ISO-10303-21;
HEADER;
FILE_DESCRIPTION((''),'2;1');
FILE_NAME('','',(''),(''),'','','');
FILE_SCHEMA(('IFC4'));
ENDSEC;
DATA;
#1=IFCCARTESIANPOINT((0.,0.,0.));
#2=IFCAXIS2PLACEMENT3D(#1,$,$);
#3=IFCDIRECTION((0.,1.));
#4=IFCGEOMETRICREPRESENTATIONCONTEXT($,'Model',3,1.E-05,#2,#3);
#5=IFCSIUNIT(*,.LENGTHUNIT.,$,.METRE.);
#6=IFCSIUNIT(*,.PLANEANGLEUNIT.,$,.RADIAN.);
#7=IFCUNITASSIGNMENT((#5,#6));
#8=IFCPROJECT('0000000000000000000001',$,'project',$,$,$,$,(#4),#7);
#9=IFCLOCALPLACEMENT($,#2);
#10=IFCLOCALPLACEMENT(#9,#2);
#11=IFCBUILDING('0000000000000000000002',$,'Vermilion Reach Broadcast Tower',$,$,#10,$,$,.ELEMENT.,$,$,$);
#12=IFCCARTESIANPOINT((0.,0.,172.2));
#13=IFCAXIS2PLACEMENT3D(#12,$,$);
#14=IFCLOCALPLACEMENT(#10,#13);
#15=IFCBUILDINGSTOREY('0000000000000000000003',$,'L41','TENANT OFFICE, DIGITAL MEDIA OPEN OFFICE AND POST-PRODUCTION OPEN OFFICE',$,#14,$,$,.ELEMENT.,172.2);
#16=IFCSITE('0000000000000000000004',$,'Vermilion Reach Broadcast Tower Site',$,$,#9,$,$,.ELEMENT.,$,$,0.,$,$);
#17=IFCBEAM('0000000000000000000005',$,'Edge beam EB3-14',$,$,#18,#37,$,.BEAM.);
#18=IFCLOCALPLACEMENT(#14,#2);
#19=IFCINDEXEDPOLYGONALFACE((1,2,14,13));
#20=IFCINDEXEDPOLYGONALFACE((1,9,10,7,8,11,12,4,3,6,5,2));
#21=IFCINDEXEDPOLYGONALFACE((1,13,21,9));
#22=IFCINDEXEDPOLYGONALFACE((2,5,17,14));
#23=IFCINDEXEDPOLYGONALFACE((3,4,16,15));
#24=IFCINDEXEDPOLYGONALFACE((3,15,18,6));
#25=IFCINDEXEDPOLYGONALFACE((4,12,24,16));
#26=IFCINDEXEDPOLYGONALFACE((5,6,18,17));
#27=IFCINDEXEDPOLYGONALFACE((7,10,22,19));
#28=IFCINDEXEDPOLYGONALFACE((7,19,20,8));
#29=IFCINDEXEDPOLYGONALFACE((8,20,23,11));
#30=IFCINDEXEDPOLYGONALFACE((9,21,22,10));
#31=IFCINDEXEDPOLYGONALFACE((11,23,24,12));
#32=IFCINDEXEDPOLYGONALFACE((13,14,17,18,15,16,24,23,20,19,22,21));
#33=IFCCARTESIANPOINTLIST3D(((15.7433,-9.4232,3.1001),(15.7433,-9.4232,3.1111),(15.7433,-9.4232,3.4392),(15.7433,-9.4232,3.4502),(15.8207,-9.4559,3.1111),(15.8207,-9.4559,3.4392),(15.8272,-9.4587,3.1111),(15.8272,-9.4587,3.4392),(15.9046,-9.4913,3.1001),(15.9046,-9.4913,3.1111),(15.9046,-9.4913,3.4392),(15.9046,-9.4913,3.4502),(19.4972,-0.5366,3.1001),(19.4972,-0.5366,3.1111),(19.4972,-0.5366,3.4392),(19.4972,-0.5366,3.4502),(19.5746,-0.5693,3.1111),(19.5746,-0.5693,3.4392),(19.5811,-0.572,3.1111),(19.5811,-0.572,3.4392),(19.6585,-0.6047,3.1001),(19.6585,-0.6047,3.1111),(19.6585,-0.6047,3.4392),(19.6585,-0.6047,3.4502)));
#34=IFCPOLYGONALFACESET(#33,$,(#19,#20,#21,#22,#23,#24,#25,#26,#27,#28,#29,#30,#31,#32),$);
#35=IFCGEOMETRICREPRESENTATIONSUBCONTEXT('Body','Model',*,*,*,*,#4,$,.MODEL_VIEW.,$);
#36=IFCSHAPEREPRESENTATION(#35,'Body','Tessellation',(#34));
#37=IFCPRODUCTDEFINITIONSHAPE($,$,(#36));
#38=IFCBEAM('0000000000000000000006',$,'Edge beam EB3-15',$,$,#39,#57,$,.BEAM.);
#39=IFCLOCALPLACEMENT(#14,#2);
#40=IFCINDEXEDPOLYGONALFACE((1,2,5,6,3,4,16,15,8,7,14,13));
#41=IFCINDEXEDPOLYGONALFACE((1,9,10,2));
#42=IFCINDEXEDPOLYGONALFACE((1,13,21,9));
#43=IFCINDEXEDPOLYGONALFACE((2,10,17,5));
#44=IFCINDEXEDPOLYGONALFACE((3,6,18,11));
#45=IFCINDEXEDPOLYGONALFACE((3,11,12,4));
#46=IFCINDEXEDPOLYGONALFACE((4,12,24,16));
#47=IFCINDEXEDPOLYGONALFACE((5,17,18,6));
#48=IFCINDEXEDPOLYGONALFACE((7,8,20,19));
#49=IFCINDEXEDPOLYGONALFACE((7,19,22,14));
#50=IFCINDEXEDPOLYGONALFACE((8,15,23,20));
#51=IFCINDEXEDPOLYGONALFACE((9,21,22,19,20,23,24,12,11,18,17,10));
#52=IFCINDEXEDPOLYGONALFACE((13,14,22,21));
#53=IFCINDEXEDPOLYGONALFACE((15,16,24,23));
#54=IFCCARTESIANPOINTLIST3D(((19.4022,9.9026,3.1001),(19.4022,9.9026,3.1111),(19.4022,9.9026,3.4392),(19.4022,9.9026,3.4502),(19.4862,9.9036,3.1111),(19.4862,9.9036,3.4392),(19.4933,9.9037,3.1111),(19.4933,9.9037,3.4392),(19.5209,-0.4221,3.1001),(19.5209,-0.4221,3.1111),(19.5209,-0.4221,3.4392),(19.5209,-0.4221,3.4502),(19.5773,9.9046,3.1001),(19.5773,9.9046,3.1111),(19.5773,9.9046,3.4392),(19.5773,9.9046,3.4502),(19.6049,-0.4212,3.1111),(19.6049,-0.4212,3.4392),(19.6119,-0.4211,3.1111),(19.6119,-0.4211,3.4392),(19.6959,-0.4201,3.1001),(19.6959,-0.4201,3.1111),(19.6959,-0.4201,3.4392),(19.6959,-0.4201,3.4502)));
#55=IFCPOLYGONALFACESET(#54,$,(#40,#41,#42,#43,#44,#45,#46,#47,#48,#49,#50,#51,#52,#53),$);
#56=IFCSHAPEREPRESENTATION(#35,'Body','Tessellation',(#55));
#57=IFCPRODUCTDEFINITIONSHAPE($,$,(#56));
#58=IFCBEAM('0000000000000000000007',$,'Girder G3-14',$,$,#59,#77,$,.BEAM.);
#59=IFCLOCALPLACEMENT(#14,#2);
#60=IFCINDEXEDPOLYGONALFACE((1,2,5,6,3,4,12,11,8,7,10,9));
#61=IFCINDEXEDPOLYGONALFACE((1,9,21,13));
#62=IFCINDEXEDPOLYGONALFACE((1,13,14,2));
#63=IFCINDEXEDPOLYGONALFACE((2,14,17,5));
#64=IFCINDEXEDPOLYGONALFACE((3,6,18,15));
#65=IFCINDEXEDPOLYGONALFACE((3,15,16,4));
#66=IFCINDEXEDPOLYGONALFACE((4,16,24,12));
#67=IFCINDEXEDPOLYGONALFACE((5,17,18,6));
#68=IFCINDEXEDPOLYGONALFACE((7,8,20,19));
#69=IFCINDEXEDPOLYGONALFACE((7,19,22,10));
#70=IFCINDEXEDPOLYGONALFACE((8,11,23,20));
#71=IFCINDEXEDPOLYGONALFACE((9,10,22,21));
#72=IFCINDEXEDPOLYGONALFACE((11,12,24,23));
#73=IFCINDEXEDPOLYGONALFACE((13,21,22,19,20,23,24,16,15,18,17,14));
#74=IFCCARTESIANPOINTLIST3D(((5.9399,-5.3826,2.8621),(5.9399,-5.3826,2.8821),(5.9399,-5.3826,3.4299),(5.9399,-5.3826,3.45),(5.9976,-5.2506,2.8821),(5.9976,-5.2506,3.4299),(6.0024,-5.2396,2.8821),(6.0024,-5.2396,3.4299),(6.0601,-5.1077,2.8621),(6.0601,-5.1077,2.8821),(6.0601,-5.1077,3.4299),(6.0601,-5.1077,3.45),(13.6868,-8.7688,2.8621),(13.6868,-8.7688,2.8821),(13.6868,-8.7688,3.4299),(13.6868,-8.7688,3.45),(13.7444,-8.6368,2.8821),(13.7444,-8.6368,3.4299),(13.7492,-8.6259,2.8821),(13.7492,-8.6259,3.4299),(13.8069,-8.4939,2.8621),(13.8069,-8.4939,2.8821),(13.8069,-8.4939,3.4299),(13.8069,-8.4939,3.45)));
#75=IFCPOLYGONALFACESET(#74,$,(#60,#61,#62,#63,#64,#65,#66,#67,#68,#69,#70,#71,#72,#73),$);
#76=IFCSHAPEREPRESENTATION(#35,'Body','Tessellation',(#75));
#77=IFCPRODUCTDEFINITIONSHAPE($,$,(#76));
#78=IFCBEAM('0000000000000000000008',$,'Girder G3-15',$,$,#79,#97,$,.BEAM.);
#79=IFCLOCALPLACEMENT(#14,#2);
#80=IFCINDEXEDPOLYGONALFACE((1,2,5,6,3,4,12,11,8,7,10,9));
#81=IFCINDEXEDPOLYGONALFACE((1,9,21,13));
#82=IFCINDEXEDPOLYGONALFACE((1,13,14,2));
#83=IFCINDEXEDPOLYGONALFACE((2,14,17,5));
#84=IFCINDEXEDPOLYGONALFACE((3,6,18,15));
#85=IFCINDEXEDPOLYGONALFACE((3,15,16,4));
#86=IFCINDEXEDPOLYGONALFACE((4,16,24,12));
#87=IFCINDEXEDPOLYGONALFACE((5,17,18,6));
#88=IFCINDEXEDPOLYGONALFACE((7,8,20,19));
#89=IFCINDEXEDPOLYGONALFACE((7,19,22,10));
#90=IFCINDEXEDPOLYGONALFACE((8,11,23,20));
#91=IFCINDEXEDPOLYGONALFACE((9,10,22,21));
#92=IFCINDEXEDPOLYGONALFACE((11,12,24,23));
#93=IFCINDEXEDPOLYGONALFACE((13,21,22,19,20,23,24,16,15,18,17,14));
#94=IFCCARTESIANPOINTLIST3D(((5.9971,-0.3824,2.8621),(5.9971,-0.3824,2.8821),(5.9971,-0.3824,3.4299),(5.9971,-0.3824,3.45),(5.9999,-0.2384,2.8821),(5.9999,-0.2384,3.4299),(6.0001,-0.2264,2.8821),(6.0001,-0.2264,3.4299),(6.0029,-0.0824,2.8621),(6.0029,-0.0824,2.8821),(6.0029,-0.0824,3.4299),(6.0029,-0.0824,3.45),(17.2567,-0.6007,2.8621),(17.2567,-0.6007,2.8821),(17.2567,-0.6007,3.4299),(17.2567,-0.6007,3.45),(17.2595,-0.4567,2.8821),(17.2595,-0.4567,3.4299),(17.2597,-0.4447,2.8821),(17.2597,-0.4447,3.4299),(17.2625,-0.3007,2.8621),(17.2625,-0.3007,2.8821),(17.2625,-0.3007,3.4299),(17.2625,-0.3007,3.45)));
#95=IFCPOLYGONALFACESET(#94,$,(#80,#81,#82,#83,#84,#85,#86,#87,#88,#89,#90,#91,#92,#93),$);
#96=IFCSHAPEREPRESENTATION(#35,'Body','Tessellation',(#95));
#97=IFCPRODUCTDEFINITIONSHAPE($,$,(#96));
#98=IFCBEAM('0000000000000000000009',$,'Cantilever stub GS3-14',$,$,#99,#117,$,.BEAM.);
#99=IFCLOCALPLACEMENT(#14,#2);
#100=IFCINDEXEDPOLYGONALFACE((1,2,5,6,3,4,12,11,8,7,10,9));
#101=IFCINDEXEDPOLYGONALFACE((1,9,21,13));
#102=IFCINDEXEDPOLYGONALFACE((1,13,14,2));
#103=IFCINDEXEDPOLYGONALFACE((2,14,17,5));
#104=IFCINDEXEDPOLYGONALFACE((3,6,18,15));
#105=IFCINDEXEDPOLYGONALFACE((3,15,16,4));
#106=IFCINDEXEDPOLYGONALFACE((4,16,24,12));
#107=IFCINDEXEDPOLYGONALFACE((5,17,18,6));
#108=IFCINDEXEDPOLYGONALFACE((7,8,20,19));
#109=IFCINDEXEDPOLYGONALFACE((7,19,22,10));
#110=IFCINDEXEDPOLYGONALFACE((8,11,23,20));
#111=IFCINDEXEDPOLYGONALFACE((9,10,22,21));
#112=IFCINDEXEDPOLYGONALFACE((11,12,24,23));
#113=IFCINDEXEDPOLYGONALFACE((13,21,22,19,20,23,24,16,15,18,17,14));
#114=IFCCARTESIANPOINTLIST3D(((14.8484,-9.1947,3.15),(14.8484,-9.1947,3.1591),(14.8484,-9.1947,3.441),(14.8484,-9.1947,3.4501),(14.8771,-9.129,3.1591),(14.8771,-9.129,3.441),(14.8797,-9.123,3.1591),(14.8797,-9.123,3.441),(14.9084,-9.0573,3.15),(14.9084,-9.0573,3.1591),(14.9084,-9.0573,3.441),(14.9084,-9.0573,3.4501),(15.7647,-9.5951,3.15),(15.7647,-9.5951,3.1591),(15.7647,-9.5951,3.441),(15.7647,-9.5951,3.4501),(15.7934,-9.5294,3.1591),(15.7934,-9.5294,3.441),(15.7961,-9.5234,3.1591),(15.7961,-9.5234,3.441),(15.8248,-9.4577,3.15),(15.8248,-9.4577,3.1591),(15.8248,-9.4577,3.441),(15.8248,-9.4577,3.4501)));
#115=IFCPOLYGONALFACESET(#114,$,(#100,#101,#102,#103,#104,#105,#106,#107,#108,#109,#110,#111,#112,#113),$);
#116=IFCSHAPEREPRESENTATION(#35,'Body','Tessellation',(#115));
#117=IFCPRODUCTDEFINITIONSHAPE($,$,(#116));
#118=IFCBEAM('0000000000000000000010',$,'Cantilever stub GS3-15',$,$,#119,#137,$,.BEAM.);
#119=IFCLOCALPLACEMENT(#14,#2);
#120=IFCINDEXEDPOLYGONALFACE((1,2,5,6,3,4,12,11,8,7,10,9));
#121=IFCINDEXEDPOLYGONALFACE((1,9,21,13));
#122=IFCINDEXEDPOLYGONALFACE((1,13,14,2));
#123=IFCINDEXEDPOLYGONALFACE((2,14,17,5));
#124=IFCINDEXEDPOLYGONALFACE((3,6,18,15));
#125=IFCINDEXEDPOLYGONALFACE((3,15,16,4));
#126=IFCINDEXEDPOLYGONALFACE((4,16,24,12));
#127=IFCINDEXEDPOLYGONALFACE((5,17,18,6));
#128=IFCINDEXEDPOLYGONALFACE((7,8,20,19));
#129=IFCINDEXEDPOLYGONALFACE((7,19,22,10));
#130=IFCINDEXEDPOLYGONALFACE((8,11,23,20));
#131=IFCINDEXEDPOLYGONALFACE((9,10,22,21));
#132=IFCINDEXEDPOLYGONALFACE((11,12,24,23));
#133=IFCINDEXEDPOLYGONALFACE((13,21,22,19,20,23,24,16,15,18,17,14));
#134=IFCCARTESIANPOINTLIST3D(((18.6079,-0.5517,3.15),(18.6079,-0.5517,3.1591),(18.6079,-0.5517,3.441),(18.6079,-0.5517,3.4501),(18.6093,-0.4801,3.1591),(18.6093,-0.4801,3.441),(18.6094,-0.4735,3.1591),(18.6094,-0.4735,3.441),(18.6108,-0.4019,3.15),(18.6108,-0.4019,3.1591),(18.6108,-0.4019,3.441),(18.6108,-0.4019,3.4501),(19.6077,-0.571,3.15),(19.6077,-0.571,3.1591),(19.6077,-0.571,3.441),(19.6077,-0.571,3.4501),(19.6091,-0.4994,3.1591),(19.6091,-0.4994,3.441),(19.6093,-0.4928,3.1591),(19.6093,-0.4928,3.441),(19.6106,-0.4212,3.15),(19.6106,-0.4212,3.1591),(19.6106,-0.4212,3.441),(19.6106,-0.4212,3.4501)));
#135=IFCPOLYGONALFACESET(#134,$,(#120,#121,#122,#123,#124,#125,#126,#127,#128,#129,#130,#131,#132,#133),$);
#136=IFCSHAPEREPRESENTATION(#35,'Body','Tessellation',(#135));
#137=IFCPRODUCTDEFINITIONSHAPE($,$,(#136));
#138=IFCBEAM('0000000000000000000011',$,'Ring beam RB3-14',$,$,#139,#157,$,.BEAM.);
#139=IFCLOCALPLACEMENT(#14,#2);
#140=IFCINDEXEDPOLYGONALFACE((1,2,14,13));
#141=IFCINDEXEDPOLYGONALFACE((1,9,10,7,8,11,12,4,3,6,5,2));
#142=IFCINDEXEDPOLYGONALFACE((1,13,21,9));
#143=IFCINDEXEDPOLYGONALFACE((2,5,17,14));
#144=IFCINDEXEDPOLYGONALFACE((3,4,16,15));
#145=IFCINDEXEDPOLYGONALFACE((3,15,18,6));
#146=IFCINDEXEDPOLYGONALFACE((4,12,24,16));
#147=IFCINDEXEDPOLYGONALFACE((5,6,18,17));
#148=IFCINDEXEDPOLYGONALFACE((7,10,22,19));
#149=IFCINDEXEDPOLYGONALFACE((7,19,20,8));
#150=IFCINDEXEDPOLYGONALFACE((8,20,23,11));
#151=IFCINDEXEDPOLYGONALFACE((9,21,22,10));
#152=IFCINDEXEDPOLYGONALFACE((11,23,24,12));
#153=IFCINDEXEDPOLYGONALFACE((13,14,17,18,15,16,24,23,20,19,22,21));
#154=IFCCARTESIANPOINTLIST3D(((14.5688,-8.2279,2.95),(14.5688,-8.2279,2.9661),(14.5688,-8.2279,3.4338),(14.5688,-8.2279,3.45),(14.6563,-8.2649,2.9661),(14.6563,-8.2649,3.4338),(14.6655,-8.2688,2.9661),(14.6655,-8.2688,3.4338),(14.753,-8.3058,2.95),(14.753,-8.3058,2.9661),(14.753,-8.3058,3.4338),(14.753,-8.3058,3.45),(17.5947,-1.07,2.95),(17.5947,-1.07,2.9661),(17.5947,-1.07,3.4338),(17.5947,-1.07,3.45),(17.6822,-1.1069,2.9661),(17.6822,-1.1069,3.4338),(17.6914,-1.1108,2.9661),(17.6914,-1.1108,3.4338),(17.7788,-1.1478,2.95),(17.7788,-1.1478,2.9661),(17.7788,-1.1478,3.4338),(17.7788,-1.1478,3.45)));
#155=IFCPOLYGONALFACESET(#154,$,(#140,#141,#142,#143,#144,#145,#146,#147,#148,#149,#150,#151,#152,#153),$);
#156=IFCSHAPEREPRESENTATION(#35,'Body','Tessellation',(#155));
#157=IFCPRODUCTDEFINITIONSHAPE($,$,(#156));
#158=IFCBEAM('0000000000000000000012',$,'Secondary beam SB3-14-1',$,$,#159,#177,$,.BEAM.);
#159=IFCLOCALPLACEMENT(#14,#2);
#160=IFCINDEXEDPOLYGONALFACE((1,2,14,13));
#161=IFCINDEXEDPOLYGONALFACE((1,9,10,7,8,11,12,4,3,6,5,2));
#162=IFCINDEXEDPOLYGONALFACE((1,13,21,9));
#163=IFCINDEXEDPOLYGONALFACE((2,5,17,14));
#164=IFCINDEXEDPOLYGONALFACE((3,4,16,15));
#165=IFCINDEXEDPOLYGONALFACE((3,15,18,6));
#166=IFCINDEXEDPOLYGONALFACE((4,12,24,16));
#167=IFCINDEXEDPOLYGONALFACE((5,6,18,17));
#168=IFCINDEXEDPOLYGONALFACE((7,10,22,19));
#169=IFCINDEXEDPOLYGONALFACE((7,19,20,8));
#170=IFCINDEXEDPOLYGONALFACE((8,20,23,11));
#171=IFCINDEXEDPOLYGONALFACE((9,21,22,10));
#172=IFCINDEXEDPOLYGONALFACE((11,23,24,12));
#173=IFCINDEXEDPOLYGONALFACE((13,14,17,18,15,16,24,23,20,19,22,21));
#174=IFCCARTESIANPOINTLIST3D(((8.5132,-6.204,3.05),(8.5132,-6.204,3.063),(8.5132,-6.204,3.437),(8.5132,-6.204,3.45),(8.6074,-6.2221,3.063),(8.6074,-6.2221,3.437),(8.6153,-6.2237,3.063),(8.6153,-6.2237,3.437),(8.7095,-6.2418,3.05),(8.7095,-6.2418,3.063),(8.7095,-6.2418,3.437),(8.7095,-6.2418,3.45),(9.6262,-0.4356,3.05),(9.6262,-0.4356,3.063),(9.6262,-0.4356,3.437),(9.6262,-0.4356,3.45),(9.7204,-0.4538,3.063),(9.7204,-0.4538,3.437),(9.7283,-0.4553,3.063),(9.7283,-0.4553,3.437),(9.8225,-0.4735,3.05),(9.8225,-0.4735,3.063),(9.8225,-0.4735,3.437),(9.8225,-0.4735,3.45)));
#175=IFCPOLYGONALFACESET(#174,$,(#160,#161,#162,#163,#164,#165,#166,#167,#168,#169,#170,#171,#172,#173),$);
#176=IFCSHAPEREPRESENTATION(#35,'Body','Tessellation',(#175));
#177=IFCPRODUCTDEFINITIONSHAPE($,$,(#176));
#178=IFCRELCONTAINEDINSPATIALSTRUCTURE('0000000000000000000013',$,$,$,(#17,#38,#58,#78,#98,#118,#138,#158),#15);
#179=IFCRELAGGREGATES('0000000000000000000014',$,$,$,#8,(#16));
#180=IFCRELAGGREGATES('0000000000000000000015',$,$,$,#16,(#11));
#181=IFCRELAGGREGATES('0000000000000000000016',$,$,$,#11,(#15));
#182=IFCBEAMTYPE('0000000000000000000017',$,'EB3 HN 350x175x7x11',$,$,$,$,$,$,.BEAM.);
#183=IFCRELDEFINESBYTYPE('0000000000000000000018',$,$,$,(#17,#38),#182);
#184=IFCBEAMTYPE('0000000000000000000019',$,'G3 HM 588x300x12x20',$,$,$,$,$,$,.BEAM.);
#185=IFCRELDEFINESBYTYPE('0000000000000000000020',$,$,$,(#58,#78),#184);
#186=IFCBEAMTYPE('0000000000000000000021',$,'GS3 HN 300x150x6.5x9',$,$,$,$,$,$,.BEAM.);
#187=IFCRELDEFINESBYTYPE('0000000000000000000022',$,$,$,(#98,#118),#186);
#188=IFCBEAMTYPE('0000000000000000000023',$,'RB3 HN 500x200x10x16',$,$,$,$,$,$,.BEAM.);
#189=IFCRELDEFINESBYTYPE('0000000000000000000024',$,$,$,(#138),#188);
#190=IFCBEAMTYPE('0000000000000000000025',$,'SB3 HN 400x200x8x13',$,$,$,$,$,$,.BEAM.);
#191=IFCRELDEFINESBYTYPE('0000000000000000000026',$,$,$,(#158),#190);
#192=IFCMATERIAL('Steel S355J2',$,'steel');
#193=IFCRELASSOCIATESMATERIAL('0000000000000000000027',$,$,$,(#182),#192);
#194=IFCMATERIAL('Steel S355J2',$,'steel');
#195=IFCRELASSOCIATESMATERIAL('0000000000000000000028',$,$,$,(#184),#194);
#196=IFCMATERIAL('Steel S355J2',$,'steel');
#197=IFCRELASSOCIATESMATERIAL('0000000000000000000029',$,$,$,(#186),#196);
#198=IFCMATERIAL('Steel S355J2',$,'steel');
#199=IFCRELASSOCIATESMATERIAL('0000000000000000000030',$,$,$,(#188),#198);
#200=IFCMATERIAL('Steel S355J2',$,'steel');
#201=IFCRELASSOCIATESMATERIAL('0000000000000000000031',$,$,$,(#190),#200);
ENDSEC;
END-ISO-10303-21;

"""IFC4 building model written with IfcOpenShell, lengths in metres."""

from ifc_helpers import new_model, si_unit, direction, frame, origin, origin_2d, place, context, subcontext, project, spatial, i_section, extrude, material, material_profile, profile_set, type_object, element, save


model = new_model("IFC4")

# Units and contexts
model_context = context("Model", 3, precision=1e-05, world=origin(), true_north=direction((0.0, 1.0)))
body_context = subcontext(model_context, "Body", "Model", "MODEL_VIEW")
ifc_project = project(units=[si_unit("LENGTHUNIT", "METRE"), si_unit("PLANEANGLEUNIT", "RADIAN")], contexts=[model_context])

# Site, building, storey
site_placement = place(None, origin())
site = spatial("IfcSite", under=ifc_project, at=site_placement, Name="Vermilion Reach Broadcast Tower Site", CompositionType="ELEMENT", RefElevation=0.0)
building_placement = place(site_placement, origin())
building = spatial("IfcBuilding", under=site, at=building_placement, Name="Vermilion Reach Broadcast Tower", CompositionType="ELEMENT")
storey_placement = place(building_placement, frame((0.0, 0.0, 172.2)))
storey = spatial("IfcBuildingStorey", under=building, at=storey_placement, Name="L41", Description="TENANT OFFICE, DIGITAL MEDIA OPEN OFFICE AND POST-PRODUCTION OPEN OFFICE", CompositionType="ELEMENT", Elevation=172.2)

# Beams
ifc_material_1 = material(Name="Steel S355J2", Category="steel")
ifc_material_profile_1 = material_profile(ifc_material_1, i_section(OverallWidth=0.175, OverallDepth=0.3501, WebThickness=0.0071, FlangeThickness=0.011, at=origin_2d()), Name="S355J2 HN 350x175x7x11")
ifc_profile_set_1 = profile_set([ifc_material_profile_1], Name="Steel S355J2")
beam_type_1 = type_object("IfcBeamType", Name="EB3 HN 350x175x7x11", PredefinedType="BEAM", material=ifc_profile_set_1)
beam_1_placement = place(storey_placement, frame((15.824, -9.4573, 3.2751), z_axis=(0.389125, 0.921185, 0.0), x_axis=(-0.921185, 0.389125, 0.0)))
element("IfcBeam", 1, at=beam_1_placement, inside=storey, type_object=beam_type_1, Name="Edge beam EB3-14", PredefinedType="BEAM", context=body_context, shape_type="SweptSolid", body=[
    extrude(i_section(OverallWidth=0.175, OverallDepth=0.3501, WebThickness=0.0071, FlangeThickness=0.011, at=origin_2d()), origin(), (0.0, 0.0, 1.0), 9.647),
])
beam_2_placement = place(storey_placement, frame((19.6084, -0.4211, 3.2751), z_axis=(-0.011491, 0.999934, 0.0), x_axis=(-0.999934, -0.011491, 0.0)))
element("IfcBeam", 2, at=beam_2_placement, inside=storey, type_object=beam_type_1, Name="Edge beam EB3-15", PredefinedType="BEAM", context=body_context, shape_type="SweptSolid", body=[
    extrude(i_section(OverallWidth=0.175, OverallDepth=0.3501, WebThickness=0.0071, FlangeThickness=0.011, at=origin_2d()), origin(), (0.0, 0.0, 1.0), 10.3254),
])
ifc_material_2 = material(Name="Steel S355J2", Category="steel")
ifc_material_profile_2 = material_profile(ifc_material_2, i_section(OverallWidth=0.3, OverallDepth=0.5879, WebThickness=0.012, FlangeThickness=0.02, at=origin_2d()), Name="S355J2 HM 588x300x12x20")
ifc_profile_set_2 = profile_set([ifc_material_profile_2], Name="Steel S355J2")
beam_type_2 = type_object("IfcBeamType", Name="G3 HM 588x300x12x20", PredefinedType="BEAM", material=ifc_profile_set_2)
beam_3_placement = place(storey_placement, frame((6.0, -5.2451, 3.156), z_axis=(0.916288, -0.40052, 0.0), x_axis=(0.40052, 0.916288, 0.0)))
element("IfcBeam", 3, at=beam_3_placement, inside=storey, type_object=beam_type_2, Name="Girder G3-14", PredefinedType="BEAM", context=body_context, shape_type="SweptSolid", body=[
    extrude(i_section(OverallWidth=0.3, OverallDepth=0.5879, WebThickness=0.012, FlangeThickness=0.02, at=origin_2d()), origin(), (0.0, 0.0, 1.0), 8.4546),
])
beam_4_placement = place(storey_placement, frame((6.0, -0.2324, 3.156), z_axis=(0.999812, -0.019381, 0.0), x_axis=(0.019381, 0.999812, 0.0)))
element("IfcBeam", 4, at=beam_4_placement, inside=storey, type_object=beam_type_2, Name="Girder G3-15", PredefinedType="BEAM", context=body_context, shape_type="SweptSolid", body=[
    extrude(i_section(OverallWidth=0.3, OverallDepth=0.5879, WebThickness=0.012, FlangeThickness=0.02, at=origin_2d()), origin(), (0.0, 0.0, 1.0), 11.2617),
])
ifc_material_3 = material(Name="Steel S355J2", Category="steel")
ifc_material_profile_3 = material_profile(ifc_material_3, i_section(OverallWidth=0.1499, OverallDepth=0.3, WebThickness=0.0066, FlangeThickness=0.009, at=origin_2d()), Name="S355J2 HN 300x150x6.5x9")
ifc_profile_set_3 = profile_set([ifc_material_profile_3], Name="Steel S355J2")
beam_type_3 = type_object("IfcBeamType", Name="GS3 HN 300x150x6.5x9", PredefinedType="BEAM", material=ifc_profile_set_3)
for number, where, z_axis, x_axis, name in (
    (5, (14.8784, -9.126, 3.3), (0.916331, -0.400422, 0.0), (0.400422, 0.916331, 0.0), "Cantilever stub GS3-14"),
    (6, (18.6094, -0.4768, 3.3), (0.999814, -0.019288, 0.0), (0.019288, 0.999814, 0.0), "Cantilever stub GS3-15"),
):
    element("IfcBeam", number, at=place(storey_placement, frame(where, z_axis=z_axis, x_axis=x_axis)), inside=storey, type_object=beam_type_3, Name=name, PredefinedType="BEAM", context=body_context, shape_type="SweptSolid", body=[
        extrude(i_section(OverallWidth=0.1499, OverallDepth=0.3, WebThickness=0.0066, FlangeThickness=0.009, at=origin_2d()), origin(), (0.0, 0.0, 1.0), 1.0),
    ])
ifc_material_4 = material(Name="Steel S355J2", Category="steel")
ifc_material_profile_4 = material_profile(ifc_material_4, i_section(OverallWidth=0.2, OverallDepth=0.5, WebThickness=0.01, FlangeThickness=0.0161, at=origin_2d()), Name="S355J2 HN 500x200x10x16")
ifc_profile_set_4 = profile_set([ifc_material_profile_4], Name="Steel S355J2")
beam_type_4 = type_object("IfcBeamType", Name="RB3 HN 500x200x10x16", PredefinedType="BEAM", material=ifc_profile_set_4)
beam_5_placement = place(storey_placement, frame((14.6609, -8.2668, 3.2), z_axis=(0.389368, 0.921082, 0.0), x_axis=(-0.921082, 0.389368, 0.0)))
element("IfcBeam", 7, at=beam_5_placement, inside=storey, type_object=beam_type_4, Name="Ring beam RB3-14", PredefinedType="BEAM", context=body_context, shape_type="SweptSolid", body=[
    extrude(i_section(OverallWidth=0.2, OverallDepth=0.5, WebThickness=0.01, FlangeThickness=0.0161, at=origin_2d()), origin(), (0.0, 0.0, 1.0), 7.7712),
])
ifc_material_5 = material(Name="Steel S355J2", Category="steel")
ifc_material_profile_5 = material_profile(ifc_material_5, i_section(OverallWidth=0.2, OverallDepth=0.3999, WebThickness=0.0081, FlangeThickness=0.0129, at=origin_2d()), Name="S355J2 HN 400x200x8x13")
ifc_profile_set_5 = profile_set([ifc_material_profile_5], Name="Steel S355J2")
beam_type_5 = type_object("IfcBeamType", Name="SB3 HN 400x200x8x13", PredefinedType="BEAM", material=ifc_profile_set_5)
beam_6_placement = place(storey_placement, frame((8.6113, -6.2229, 3.25), z_axis=(0.189462, 0.981888, 0.0), x_axis=(-0.981888, 0.189462, 0.0)))
element("IfcBeam", 8, at=beam_6_placement, inside=storey, type_object=beam_type_5, Name="Secondary beam SB3-14-1", PredefinedType="BEAM", context=body_context, shape_type="SweptSolid", body=[
    extrude(i_section(OverallWidth=0.2, OverallDepth=0.3999, WebThickness=0.0081, FlangeThickness=0.0129, at=origin_2d()), origin(), (0.0, 0.0, 1.0), 5.8748),
])

save(model, "model.ifc")
